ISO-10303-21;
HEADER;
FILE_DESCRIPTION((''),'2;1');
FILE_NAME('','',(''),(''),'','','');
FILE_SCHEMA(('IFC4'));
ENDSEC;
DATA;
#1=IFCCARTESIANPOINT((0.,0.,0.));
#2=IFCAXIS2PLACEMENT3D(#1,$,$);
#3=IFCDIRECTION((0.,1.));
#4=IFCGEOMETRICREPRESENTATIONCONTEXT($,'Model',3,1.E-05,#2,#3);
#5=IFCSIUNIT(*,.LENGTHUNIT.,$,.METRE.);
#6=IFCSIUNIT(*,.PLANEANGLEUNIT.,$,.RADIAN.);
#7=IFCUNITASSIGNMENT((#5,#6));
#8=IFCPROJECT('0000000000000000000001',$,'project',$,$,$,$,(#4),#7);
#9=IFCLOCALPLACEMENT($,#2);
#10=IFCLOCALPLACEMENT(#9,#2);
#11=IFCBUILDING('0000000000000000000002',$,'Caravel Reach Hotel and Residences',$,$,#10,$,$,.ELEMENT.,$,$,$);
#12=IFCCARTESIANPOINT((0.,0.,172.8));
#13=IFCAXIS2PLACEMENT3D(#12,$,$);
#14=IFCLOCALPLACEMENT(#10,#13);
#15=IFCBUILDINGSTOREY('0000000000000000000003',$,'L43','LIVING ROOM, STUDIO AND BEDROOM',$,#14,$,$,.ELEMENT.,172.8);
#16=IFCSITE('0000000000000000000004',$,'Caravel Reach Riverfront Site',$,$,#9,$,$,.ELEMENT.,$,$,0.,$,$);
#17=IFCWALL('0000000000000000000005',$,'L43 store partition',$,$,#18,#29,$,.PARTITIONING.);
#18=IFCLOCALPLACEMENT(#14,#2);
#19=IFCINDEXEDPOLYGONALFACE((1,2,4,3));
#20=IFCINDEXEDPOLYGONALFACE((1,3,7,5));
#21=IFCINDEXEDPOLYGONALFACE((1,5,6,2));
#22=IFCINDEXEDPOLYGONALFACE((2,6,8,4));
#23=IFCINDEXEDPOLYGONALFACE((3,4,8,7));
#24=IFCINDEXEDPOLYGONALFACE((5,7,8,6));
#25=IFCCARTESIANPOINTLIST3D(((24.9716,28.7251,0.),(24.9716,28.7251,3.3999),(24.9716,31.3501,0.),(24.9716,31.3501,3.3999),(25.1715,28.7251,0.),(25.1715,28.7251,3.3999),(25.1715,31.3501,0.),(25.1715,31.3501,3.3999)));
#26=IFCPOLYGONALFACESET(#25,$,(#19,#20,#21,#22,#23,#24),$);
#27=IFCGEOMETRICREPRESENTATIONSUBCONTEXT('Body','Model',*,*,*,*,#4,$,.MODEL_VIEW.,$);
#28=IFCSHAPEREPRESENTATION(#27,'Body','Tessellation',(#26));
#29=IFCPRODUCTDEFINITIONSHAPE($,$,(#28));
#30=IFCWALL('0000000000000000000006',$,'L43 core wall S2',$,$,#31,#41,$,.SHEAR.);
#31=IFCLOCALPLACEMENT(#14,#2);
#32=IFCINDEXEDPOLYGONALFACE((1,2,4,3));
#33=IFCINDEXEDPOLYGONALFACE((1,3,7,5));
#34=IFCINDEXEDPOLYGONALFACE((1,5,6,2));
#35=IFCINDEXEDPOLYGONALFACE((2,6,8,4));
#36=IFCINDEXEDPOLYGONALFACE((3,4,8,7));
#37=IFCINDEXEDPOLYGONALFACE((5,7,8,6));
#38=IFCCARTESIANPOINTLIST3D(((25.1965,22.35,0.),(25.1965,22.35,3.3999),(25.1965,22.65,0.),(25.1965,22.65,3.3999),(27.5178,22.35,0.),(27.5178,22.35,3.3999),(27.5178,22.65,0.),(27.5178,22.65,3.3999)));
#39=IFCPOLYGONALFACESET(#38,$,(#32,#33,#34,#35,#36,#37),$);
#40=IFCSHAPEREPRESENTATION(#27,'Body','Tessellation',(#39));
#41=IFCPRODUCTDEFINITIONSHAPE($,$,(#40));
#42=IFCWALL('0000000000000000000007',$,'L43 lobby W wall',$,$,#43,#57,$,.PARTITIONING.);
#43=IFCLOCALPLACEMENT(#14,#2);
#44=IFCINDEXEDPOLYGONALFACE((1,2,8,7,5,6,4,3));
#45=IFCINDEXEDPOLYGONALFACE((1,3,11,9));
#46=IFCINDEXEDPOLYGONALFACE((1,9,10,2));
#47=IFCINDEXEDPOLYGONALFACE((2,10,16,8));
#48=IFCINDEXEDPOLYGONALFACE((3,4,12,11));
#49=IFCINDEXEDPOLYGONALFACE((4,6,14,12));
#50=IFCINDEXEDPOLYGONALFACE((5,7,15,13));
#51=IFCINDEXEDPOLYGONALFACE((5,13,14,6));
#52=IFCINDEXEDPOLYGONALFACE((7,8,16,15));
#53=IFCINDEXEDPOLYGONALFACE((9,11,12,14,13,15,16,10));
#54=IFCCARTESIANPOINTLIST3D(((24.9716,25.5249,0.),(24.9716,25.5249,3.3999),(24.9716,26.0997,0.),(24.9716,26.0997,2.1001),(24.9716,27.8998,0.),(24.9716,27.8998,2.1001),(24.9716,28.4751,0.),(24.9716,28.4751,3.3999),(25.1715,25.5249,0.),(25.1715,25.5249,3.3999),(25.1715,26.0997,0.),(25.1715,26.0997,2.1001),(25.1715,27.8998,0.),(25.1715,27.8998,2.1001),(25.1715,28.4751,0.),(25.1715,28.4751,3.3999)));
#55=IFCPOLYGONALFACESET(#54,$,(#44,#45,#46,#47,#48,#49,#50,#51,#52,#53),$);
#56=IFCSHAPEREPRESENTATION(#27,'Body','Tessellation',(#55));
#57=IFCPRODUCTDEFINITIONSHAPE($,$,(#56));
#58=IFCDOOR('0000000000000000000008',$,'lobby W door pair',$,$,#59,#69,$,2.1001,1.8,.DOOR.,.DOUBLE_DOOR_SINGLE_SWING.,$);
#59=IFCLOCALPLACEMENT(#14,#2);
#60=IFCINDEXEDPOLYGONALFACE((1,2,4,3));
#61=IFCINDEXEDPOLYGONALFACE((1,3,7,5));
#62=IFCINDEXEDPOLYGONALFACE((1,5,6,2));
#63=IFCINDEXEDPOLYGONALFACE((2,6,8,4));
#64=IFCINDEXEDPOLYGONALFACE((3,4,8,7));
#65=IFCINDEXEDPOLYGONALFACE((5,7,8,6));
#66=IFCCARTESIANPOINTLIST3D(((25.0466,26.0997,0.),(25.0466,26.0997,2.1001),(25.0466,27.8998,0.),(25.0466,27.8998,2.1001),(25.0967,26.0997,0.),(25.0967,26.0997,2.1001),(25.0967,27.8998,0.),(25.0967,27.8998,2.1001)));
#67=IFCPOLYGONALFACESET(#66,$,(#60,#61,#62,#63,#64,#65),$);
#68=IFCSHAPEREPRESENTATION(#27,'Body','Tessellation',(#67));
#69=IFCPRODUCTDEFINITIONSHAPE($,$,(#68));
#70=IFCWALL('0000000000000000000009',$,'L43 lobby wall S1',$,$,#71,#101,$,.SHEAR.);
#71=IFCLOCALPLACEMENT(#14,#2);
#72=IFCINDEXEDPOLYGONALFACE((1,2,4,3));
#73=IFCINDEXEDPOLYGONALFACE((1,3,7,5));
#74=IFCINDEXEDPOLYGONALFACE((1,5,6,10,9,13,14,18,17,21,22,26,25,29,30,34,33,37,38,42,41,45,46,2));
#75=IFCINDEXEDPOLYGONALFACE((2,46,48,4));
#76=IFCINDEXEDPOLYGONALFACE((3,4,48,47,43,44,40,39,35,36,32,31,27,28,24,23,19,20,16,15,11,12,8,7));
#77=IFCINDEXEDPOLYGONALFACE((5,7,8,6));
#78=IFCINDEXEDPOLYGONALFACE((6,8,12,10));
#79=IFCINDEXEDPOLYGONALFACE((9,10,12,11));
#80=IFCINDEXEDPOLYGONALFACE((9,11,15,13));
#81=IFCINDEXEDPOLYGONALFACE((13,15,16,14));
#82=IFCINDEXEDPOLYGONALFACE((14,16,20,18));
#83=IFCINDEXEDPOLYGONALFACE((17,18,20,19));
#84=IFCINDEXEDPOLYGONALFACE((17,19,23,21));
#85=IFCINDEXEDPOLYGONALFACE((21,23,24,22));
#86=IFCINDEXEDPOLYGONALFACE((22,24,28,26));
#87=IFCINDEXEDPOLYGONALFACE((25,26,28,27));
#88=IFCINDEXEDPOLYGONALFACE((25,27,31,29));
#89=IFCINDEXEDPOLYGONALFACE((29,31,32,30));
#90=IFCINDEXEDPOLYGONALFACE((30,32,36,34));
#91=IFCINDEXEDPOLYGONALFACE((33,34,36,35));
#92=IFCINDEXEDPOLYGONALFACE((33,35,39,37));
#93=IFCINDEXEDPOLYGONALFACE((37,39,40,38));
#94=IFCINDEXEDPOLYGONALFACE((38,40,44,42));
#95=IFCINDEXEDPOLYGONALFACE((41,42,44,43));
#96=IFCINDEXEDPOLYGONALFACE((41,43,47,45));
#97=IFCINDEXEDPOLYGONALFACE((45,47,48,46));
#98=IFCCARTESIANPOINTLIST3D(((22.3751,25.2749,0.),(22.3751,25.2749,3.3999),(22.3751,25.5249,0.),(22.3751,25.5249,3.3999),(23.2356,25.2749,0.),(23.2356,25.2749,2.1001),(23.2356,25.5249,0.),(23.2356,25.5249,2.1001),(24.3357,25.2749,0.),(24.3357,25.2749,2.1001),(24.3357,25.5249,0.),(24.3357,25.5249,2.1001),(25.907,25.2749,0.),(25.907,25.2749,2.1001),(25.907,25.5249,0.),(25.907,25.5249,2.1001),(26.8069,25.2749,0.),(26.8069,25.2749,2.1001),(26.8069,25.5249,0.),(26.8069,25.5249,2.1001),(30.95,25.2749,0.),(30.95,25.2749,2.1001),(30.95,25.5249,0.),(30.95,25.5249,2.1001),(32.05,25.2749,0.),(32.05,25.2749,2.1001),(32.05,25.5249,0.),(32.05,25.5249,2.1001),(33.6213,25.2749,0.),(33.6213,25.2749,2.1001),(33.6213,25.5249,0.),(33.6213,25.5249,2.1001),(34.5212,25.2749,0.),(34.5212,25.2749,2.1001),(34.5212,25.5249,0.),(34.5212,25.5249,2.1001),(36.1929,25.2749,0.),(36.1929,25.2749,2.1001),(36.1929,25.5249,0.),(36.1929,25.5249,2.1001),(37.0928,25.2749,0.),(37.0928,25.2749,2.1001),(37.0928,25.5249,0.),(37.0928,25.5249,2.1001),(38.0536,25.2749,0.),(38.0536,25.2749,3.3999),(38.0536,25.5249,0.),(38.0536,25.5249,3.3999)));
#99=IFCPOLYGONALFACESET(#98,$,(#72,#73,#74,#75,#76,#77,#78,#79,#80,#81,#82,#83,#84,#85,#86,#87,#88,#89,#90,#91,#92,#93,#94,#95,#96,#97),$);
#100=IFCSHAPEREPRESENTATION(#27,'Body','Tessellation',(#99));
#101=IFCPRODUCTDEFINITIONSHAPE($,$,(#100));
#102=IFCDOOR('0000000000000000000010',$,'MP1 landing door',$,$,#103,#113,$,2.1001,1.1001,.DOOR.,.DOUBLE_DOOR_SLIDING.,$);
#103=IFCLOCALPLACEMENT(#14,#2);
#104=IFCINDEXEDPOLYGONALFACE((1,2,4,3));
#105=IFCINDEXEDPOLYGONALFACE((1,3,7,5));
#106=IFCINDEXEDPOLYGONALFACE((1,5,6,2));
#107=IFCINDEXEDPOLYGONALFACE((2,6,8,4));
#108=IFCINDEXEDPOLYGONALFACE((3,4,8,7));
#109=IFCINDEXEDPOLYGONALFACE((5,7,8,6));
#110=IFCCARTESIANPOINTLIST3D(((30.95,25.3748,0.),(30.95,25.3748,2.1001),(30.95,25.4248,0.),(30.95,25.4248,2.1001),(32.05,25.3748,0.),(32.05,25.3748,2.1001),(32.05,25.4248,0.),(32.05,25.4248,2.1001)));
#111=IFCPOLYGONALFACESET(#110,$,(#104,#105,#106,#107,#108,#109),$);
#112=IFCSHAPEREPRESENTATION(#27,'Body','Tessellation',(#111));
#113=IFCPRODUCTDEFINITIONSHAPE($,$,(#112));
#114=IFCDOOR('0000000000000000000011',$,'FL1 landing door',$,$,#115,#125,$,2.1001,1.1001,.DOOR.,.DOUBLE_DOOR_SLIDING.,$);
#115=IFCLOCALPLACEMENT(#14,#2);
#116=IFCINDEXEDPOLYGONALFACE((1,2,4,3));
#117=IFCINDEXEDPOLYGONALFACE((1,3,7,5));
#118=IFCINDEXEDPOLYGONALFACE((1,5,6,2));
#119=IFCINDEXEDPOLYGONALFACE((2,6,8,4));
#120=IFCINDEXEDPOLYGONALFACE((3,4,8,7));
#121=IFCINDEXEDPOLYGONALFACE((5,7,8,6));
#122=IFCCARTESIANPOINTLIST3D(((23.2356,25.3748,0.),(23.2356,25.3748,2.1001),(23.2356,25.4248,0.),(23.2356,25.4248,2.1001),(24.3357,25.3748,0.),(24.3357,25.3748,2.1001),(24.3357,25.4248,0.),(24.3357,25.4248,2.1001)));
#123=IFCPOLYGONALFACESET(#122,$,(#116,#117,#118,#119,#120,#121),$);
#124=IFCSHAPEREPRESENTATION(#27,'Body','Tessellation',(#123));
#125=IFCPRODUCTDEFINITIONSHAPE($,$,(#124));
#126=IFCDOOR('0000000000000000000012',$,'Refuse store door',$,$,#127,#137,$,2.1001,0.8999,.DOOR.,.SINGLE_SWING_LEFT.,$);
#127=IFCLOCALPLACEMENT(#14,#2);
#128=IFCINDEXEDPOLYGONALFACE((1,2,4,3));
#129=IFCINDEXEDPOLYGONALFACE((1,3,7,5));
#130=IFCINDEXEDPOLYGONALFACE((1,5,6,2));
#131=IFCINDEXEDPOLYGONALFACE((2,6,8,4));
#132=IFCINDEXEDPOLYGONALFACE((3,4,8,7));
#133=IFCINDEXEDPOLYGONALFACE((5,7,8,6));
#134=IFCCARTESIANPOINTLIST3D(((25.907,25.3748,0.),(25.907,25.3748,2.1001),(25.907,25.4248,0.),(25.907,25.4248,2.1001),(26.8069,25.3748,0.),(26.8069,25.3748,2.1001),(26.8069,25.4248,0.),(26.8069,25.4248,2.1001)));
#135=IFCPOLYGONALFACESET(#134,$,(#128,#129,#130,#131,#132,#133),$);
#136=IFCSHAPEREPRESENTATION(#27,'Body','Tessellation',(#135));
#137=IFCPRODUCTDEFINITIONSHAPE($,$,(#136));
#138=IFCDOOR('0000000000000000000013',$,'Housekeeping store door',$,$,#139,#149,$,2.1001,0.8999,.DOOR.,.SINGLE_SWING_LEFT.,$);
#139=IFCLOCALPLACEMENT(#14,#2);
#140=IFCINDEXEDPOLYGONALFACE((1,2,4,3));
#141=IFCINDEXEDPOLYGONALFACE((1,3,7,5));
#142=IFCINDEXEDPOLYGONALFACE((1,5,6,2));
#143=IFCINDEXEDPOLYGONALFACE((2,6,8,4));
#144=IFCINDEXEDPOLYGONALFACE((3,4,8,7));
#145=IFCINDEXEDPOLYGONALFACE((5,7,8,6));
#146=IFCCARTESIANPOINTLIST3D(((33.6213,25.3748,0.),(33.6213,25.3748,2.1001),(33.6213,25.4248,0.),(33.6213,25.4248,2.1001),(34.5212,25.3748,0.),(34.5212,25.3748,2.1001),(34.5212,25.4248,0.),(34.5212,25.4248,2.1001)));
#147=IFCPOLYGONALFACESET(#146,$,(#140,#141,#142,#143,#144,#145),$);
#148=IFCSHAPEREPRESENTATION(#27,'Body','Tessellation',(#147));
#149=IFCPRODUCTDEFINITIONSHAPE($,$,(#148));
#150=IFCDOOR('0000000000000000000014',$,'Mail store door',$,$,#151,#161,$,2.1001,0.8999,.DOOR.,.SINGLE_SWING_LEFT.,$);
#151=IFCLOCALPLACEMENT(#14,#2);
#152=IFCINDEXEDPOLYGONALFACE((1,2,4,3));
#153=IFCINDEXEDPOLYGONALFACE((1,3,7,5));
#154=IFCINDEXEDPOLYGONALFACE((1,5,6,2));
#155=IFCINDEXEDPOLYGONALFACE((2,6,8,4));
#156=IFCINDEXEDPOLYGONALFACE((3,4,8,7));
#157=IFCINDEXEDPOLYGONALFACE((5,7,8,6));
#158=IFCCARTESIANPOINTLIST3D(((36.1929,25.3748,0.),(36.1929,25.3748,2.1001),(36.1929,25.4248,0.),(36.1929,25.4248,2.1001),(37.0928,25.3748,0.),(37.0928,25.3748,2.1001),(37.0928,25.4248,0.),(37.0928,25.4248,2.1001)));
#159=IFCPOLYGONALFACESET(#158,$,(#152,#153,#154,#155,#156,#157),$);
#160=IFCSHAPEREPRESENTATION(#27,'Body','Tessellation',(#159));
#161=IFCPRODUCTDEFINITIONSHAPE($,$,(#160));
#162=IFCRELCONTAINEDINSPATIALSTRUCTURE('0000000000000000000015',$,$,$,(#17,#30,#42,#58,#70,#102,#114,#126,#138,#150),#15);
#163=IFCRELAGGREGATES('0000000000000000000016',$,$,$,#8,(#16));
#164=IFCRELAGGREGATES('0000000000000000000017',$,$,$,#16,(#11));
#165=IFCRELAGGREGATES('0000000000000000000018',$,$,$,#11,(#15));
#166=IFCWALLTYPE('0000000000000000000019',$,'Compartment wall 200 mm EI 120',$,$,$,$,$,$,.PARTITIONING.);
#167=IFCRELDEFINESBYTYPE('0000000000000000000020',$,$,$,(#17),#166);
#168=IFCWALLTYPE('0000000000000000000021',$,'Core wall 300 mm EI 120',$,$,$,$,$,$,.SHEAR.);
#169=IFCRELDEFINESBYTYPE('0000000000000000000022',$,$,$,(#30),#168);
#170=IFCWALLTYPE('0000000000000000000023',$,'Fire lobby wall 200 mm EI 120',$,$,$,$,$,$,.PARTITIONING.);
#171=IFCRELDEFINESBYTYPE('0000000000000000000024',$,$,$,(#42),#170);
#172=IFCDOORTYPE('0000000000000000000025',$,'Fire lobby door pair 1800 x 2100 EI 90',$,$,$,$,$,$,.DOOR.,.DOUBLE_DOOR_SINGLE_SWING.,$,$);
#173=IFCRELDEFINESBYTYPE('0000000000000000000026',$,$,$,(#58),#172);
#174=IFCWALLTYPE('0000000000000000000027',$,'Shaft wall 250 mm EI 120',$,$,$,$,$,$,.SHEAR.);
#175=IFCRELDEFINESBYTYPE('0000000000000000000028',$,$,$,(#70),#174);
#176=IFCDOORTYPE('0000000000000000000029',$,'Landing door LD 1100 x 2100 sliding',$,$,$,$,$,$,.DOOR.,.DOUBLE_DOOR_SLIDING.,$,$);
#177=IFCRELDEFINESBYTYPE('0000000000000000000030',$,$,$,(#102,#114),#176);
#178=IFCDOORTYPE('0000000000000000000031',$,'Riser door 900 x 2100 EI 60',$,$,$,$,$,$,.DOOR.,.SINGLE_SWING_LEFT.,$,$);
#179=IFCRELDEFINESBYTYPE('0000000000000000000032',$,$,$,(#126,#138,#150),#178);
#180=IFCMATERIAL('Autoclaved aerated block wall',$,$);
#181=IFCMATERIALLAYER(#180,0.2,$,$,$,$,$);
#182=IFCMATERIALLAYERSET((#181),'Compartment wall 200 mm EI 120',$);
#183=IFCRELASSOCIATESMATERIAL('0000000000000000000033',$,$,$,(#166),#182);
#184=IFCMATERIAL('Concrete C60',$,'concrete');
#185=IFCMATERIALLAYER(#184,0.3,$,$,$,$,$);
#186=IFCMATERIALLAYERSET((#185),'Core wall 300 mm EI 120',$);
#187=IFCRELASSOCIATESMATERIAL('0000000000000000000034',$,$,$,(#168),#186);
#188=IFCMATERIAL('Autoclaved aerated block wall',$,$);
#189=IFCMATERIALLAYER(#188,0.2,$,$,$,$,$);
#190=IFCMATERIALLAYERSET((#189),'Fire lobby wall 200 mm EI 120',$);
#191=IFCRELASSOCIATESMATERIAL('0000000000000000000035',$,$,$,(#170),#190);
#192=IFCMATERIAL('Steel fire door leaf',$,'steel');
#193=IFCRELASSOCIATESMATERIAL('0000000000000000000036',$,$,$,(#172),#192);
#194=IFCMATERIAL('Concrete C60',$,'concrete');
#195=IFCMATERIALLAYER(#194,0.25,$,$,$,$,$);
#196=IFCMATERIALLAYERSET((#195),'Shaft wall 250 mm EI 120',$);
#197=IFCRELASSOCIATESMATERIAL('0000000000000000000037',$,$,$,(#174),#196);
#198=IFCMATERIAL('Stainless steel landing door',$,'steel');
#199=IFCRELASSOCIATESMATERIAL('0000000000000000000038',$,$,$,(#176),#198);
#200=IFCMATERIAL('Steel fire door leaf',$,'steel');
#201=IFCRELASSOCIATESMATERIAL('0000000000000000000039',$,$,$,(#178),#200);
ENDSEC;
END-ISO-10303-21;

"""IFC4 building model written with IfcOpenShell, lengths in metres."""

from ifc_helpers import new_model, si_unit, direction, frame, frame_2d, origin, place, context, subcontext, project, spatial, rectangle, extrude, material, layer, layer_set, type_object, element, fill, save


model = new_model("IFC4")

# Units and contexts
model_context = context("Model", 3, precision=1e-05, world=origin(), true_north=direction((0.0, 1.0)))
body_context = subcontext(model_context, "Body", "Model", "MODEL_VIEW")
ifc_project = project(units=[si_unit("LENGTHUNIT", "METRE"), si_unit("PLANEANGLEUNIT", "RADIAN")], contexts=[model_context])

# Site, building, storey
site_placement = place(None, origin())
site = spatial("IfcSite", under=ifc_project, at=site_placement, Name="Caravel Reach Riverfront Site", CompositionType="ELEMENT", RefElevation=0.0)
building_placement = place(site_placement, origin())
building = spatial("IfcBuilding", under=site, at=building_placement, Name="Caravel Reach Hotel and Residences", CompositionType="ELEMENT")
storey_placement = place(building_placement, frame((0.0, 0.0, 172.8)))
storey = spatial("IfcBuildingStorey", under=building, at=storey_placement, Name="L43", Description="LIVING ROOM, STUDIO AND BEDROOM", CompositionType="ELEMENT", Elevation=172.8)

# Walls
ifc_material_1 = material(Name="Autoclaved aerated block wall")
ifc_layer_1 = layer(ifc_material_1, 0.2)
ifc_layer_set_1 = layer_set([ifc_layer_1], Name="Compartment wall 200 mm EI 120")
wall_type_1 = type_object("IfcWallType", Name="Compartment wall 200 mm EI 120", PredefinedType="PARTITIONING", material=ifc_layer_set_1)
wall_1_placement = place(storey_placement, frame((25.0715, 28.7251, 0.0), z_axis=(0.0, 0.0, 1.0), x_axis=(0.0, 1.0, 0.0)))
element("IfcWall", 1, at=wall_1_placement, inside=storey, type_object=wall_type_1, Name="L43 store partition", PredefinedType="PARTITIONING", context=body_context, shape_type="SweptSolid", body=[
    extrude(rectangle(XDim=2.625, YDim=0.2, at=frame_2d((1.3125, 0.0))), origin(), (0.0, 0.0, 1.0), 3.3999),
])
ifc_material_2 = material(Name="Concrete C60", Category="concrete")
ifc_layer_2 = layer(ifc_material_2, 0.3)
ifc_layer_set_2 = layer_set([ifc_layer_2], Name="Core wall 300 mm EI 120")
wall_type_2 = type_object("IfcWallType", Name="Core wall 300 mm EI 120", PredefinedType="SHEAR", material=ifc_layer_set_2)
wall_2_placement = place(storey_placement, frame((25.1965, 22.5, 0.0), z_axis=(0.0, 0.0, 1.0), x_axis=(1.0, 0.0, 0.0)))
element("IfcWall", 2, at=wall_2_placement, inside=storey, type_object=wall_type_2, Name="L43 core wall S2", PredefinedType="SHEAR", context=body_context, shape_type="SweptSolid", body=[
    extrude(rectangle(XDim=2.3213, YDim=0.3, at=frame_2d((1.1606, 0.0))), origin(), (0.0, 0.0, 1.0), 3.3999),
])

# Wall, opening, door
ifc_material_3 = material(Name="Autoclaved aerated block wall")
ifc_layer_3 = layer(ifc_material_3, 0.2)
ifc_layer_set_3 = layer_set([ifc_layer_3], Name="Fire lobby wall 200 mm EI 120")
wall_type_3 = type_object("IfcWallType", Name="Fire lobby wall 200 mm EI 120", PredefinedType="PARTITIONING", material=ifc_layer_set_3)
wall_3_placement = place(storey_placement, frame((25.0715, 25.5249, 0.0), z_axis=(0.0, 0.0, 1.0), x_axis=(0.0, 1.0, 0.0)))
wall_3 = element("IfcWall", 3, at=wall_3_placement, inside=storey, type_object=wall_type_3, Name="L43 lobby W wall", PredefinedType="PARTITIONING", context=body_context, shape_type="SweptSolid", body=[
    extrude(rectangle(XDim=2.9502, YDim=0.2, at=frame_2d((1.4751, 0.0))), origin(), (0.0, 0.0, 1.0), 3.3999),
])
opening_1_placement = place(wall_3_placement, frame((0.575, 0.0, 0.0)))
opening_1 = element("IfcOpeningElement", 4, at=opening_1_placement, cuts=wall_3, PredefinedType="OPENING", context=body_context, shape_type="SweptSolid", body=[
    extrude(rectangle(XDim=1.8, YDim=2.1001, at=frame_2d((0.8999, 1.05))), frame((0.0, 0.1099, 0.0), z_axis=(0.0, -1.0, 0.0), x_axis=(1.0, 0.0, 0.0)), (0.0, 0.0, 1.0), 0.22),
])
ifc_material_4 = material(Name="Steel fire door leaf", Category="steel")
door_type_1 = type_object("IfcDoorType", Name="Fire lobby door pair 1800 x 2100 EI 90", OperationType="DOUBLE_DOOR_SINGLE_SWING", PredefinedType="DOOR", material=ifc_material_4)
door_1_placement = place(opening_1_placement, origin())
door_1 = element("IfcDoor", 5, at=door_1_placement, inside=storey, type_object=door_type_1, Name="lobby W door pair", OperationType="DOUBLE_DOOR_SINGLE_SWING", OverallHeight=2.1001, OverallWidth=1.8, PredefinedType="DOOR", context=body_context, shape_type="SweptSolid", body=[
    extrude(rectangle(XDim=1.8, YDim=2.1001, at=frame_2d((0.8999, 1.05))), frame((0.0, 0.0249, 0.0), z_axis=(0.0, -1.0, 0.0), x_axis=(1.0, 0.0, 0.0)), (0.0, 0.0, 1.0), 0.05),
])
fill(opening_1, door_1)

# Wall, openings, doors
ifc_material_5 = material(Name="Concrete C60", Category="concrete")
ifc_layer_4 = layer(ifc_material_5, 0.25)
ifc_layer_set_4 = layer_set([ifc_layer_4], Name="Shaft wall 250 mm EI 120")
wall_type_4 = type_object("IfcWallType", Name="Shaft wall 250 mm EI 120", PredefinedType="SHEAR", material=ifc_layer_set_4)
wall_4_placement = place(storey_placement, frame((22.375, 25.3999, 0.0), z_axis=(0.0, 0.0, 1.0), x_axis=(1.0, 0.0, 0.0)))
wall_4 = element("IfcWall", 6, at=wall_4_placement, inside=storey, type_object=wall_type_4, Name="L43 lobby wall S1", PredefinedType="SHEAR", context=body_context, shape_type="SweptSolid", body=[
    extrude(rectangle(XDim=15.6785, YDim=0.25, at=frame_2d((7.8394, 0.0))), origin(), (0.0, 0.0, 1.0), 3.3999),
])
opening_2_placement = place(wall_4_placement, frame((8.575, 0.0, 0.0)))
opening_2 = element("IfcOpeningElement", 7, at=opening_2_placement, cuts=wall_4, PredefinedType="OPENING", context=body_context, shape_type="SweptSolid", body=[
    extrude(rectangle(XDim=1.1001, YDim=2.1001, at=frame_2d((0.55, 1.05))), frame((0.0, 0.135, 0.0), z_axis=(0.0, -1.0, 0.0), x_axis=(1.0, 0.0, 0.0)), (0.0, 0.0, 1.0), 0.27),
])
opening_3_placement = place(wall_4_placement, frame((0.8606, 0.0, 0.0)))
opening_3 = element("IfcOpeningElement", 8, at=opening_3_placement, cuts=wall_4, PredefinedType="OPENING", context=body_context, shape_type="SweptSolid", body=[
    extrude(rectangle(XDim=1.1001, YDim=2.1001, at=frame_2d((0.55, 1.05))), frame((0.0, 0.135, 0.0), z_axis=(0.0, -1.0, 0.0), x_axis=(1.0, 0.0, 0.0)), (0.0, 0.0, 1.0), 0.27),
])
opening_4_placement = place(wall_4_placement, frame((3.532, 0.0, 0.0)))
opening_4 = element("IfcOpeningElement", 9, at=opening_4_placement, cuts=wall_4, PredefinedType="OPENING", context=body_context, shape_type="SweptSolid", body=[
    extrude(rectangle(XDim=0.8999, YDim=2.1001, at=frame_2d((0.45, 1.05))), frame((0.0, 0.135, 0.0), z_axis=(0.0, -1.0, 0.0), x_axis=(1.0, 0.0, 0.0)), (0.0, 0.0, 1.0), 0.27),
])
opening_5_placement = place(wall_4_placement, frame((11.2463, 0.0, 0.0)))
opening_5 = element("IfcOpeningElement", 10, at=opening_5_placement, cuts=wall_4, PredefinedType="OPENING", context=body_context, shape_type="SweptSolid", body=[
    extrude(rectangle(XDim=0.8999, YDim=2.1001, at=frame_2d((0.45, 1.05))), frame((0.0, 0.135, 0.0), z_axis=(0.0, -1.0, 0.0), x_axis=(1.0, 0.0, 0.0)), (0.0, 0.0, 1.0), 0.27),
])
opening_6_placement = place(wall_4_placement, frame((13.8179, 0.0, 0.0)))
opening_6 = element("IfcOpeningElement", 11, at=opening_6_placement, cuts=wall_4, PredefinedType="OPENING", context=body_context, shape_type="SweptSolid", body=[
    extrude(rectangle(XDim=0.8999, YDim=2.1001, at=frame_2d((0.45, 1.05))), frame((0.0, 0.135, 0.0), z_axis=(0.0, -1.0, 0.0), x_axis=(1.0, 0.0, 0.0)), (0.0, 0.0, 1.0), 0.27),
])
ifc_material_6 = material(Name="Stainless steel landing door", Category="steel")
door_type_2 = type_object("IfcDoorType", Name="Landing door LD 1100 x 2100 sliding", OperationType="DOUBLE_DOOR_SLIDING", PredefinedType="DOOR", material=ifc_material_6)
door_2_placement = place(opening_2_placement, origin())
door_2 = element("IfcDoor", 12, at=door_2_placement, inside=storey, type_object=door_type_2, Name="MP1 landing door", OperationType="DOUBLE_DOOR_SLIDING", OverallHeight=2.1001, OverallWidth=1.1001, PredefinedType="DOOR", context=body_context, shape_type="SweptSolid", body=[
    extrude(rectangle(XDim=1.1001, YDim=2.1001, at=frame_2d((0.55, 1.05))), frame((0.0, 0.0249, 0.0), z_axis=(0.0, -1.0, 0.0), x_axis=(1.0, 0.0, 0.0)), (0.0, 0.0, 1.0), 0.05),
])
fill(opening_2, door_2)
door_3_placement = place(opening_3_placement, origin())
door_3 = element("IfcDoor", 13, at=door_3_placement, inside=storey, type_object=door_type_2, Name="FL1 landing door", OperationType="DOUBLE_DOOR_SLIDING", OverallHeight=2.1001, OverallWidth=1.1001, PredefinedType="DOOR", context=body_context, shape_type="SweptSolid", body=[
    extrude(rectangle(XDim=1.1001, YDim=2.1001, at=frame_2d((0.55, 1.05))), frame((0.0, 0.0249, 0.0), z_axis=(0.0, -1.0, 0.0), x_axis=(1.0, 0.0, 0.0)), (0.0, 0.0, 1.0), 0.05),
])
fill(opening_3, door_3)
ifc_material_7 = material(Name="Steel fire door leaf", Category="steel")
door_type_3 = type_object("IfcDoorType", Name="Riser door 900 x 2100 EI 60", OperationType="SINGLE_SWING_LEFT", PredefinedType="DOOR", material=ifc_material_7)
door_4_placement = place(opening_4_placement, origin())
door_4 = element("IfcDoor", 14, at=door_4_placement, inside=storey, type_object=door_type_3, Name="Refuse store door", OperationType="SINGLE_SWING_LEFT", OverallHeight=2.1001, OverallWidth=0.8999, PredefinedType="DOOR", context=body_context, shape_type="SweptSolid", body=[
    extrude(rectangle(XDim=0.8999, YDim=2.1001, at=frame_2d((0.45, 1.05))), frame((0.0, 0.0249, 0.0), z_axis=(0.0, -1.0, 0.0), x_axis=(1.0, 0.0, 0.0)), (0.0, 0.0, 1.0), 0.05),
])
fill(opening_4, door_4)
door_5_placement = place(opening_5_placement, origin())
door_5 = element("IfcDoor", 15, at=door_5_placement, inside=storey, type_object=door_type_3, Name="Housekeeping store door", OperationType="SINGLE_SWING_LEFT", OverallHeight=2.1001, OverallWidth=0.8999, PredefinedType="DOOR", context=body_context, shape_type="SweptSolid", body=[
    extrude(rectangle(XDim=0.8999, YDim=2.1001, at=frame_2d((0.45, 1.05))), frame((0.0, 0.0249, 0.0), z_axis=(0.0, -1.0, 0.0), x_axis=(1.0, 0.0, 0.0)), (0.0, 0.0, 1.0), 0.05),
])
fill(opening_5, door_5)
door_6_placement = place(opening_6_placement, origin())
door_6 = element("IfcDoor", 16, at=door_6_placement, inside=storey, type_object=door_type_3, Name="Mail store door", OperationType="SINGLE_SWING_LEFT", OverallHeight=2.1001, OverallWidth=0.8999, PredefinedType="DOOR", context=body_context, shape_type="SweptSolid", body=[
    extrude(rectangle(XDim=0.8999, YDim=2.1001, at=frame_2d((0.45, 1.05))), frame((0.0, 0.0249, 0.0), z_axis=(0.0, -1.0, 0.0), x_axis=(1.0, 0.0, 0.0)), (0.0, 0.0, 1.0), 0.05),
])
fill(opening_6, door_6)

save(model, "model.ifc")
